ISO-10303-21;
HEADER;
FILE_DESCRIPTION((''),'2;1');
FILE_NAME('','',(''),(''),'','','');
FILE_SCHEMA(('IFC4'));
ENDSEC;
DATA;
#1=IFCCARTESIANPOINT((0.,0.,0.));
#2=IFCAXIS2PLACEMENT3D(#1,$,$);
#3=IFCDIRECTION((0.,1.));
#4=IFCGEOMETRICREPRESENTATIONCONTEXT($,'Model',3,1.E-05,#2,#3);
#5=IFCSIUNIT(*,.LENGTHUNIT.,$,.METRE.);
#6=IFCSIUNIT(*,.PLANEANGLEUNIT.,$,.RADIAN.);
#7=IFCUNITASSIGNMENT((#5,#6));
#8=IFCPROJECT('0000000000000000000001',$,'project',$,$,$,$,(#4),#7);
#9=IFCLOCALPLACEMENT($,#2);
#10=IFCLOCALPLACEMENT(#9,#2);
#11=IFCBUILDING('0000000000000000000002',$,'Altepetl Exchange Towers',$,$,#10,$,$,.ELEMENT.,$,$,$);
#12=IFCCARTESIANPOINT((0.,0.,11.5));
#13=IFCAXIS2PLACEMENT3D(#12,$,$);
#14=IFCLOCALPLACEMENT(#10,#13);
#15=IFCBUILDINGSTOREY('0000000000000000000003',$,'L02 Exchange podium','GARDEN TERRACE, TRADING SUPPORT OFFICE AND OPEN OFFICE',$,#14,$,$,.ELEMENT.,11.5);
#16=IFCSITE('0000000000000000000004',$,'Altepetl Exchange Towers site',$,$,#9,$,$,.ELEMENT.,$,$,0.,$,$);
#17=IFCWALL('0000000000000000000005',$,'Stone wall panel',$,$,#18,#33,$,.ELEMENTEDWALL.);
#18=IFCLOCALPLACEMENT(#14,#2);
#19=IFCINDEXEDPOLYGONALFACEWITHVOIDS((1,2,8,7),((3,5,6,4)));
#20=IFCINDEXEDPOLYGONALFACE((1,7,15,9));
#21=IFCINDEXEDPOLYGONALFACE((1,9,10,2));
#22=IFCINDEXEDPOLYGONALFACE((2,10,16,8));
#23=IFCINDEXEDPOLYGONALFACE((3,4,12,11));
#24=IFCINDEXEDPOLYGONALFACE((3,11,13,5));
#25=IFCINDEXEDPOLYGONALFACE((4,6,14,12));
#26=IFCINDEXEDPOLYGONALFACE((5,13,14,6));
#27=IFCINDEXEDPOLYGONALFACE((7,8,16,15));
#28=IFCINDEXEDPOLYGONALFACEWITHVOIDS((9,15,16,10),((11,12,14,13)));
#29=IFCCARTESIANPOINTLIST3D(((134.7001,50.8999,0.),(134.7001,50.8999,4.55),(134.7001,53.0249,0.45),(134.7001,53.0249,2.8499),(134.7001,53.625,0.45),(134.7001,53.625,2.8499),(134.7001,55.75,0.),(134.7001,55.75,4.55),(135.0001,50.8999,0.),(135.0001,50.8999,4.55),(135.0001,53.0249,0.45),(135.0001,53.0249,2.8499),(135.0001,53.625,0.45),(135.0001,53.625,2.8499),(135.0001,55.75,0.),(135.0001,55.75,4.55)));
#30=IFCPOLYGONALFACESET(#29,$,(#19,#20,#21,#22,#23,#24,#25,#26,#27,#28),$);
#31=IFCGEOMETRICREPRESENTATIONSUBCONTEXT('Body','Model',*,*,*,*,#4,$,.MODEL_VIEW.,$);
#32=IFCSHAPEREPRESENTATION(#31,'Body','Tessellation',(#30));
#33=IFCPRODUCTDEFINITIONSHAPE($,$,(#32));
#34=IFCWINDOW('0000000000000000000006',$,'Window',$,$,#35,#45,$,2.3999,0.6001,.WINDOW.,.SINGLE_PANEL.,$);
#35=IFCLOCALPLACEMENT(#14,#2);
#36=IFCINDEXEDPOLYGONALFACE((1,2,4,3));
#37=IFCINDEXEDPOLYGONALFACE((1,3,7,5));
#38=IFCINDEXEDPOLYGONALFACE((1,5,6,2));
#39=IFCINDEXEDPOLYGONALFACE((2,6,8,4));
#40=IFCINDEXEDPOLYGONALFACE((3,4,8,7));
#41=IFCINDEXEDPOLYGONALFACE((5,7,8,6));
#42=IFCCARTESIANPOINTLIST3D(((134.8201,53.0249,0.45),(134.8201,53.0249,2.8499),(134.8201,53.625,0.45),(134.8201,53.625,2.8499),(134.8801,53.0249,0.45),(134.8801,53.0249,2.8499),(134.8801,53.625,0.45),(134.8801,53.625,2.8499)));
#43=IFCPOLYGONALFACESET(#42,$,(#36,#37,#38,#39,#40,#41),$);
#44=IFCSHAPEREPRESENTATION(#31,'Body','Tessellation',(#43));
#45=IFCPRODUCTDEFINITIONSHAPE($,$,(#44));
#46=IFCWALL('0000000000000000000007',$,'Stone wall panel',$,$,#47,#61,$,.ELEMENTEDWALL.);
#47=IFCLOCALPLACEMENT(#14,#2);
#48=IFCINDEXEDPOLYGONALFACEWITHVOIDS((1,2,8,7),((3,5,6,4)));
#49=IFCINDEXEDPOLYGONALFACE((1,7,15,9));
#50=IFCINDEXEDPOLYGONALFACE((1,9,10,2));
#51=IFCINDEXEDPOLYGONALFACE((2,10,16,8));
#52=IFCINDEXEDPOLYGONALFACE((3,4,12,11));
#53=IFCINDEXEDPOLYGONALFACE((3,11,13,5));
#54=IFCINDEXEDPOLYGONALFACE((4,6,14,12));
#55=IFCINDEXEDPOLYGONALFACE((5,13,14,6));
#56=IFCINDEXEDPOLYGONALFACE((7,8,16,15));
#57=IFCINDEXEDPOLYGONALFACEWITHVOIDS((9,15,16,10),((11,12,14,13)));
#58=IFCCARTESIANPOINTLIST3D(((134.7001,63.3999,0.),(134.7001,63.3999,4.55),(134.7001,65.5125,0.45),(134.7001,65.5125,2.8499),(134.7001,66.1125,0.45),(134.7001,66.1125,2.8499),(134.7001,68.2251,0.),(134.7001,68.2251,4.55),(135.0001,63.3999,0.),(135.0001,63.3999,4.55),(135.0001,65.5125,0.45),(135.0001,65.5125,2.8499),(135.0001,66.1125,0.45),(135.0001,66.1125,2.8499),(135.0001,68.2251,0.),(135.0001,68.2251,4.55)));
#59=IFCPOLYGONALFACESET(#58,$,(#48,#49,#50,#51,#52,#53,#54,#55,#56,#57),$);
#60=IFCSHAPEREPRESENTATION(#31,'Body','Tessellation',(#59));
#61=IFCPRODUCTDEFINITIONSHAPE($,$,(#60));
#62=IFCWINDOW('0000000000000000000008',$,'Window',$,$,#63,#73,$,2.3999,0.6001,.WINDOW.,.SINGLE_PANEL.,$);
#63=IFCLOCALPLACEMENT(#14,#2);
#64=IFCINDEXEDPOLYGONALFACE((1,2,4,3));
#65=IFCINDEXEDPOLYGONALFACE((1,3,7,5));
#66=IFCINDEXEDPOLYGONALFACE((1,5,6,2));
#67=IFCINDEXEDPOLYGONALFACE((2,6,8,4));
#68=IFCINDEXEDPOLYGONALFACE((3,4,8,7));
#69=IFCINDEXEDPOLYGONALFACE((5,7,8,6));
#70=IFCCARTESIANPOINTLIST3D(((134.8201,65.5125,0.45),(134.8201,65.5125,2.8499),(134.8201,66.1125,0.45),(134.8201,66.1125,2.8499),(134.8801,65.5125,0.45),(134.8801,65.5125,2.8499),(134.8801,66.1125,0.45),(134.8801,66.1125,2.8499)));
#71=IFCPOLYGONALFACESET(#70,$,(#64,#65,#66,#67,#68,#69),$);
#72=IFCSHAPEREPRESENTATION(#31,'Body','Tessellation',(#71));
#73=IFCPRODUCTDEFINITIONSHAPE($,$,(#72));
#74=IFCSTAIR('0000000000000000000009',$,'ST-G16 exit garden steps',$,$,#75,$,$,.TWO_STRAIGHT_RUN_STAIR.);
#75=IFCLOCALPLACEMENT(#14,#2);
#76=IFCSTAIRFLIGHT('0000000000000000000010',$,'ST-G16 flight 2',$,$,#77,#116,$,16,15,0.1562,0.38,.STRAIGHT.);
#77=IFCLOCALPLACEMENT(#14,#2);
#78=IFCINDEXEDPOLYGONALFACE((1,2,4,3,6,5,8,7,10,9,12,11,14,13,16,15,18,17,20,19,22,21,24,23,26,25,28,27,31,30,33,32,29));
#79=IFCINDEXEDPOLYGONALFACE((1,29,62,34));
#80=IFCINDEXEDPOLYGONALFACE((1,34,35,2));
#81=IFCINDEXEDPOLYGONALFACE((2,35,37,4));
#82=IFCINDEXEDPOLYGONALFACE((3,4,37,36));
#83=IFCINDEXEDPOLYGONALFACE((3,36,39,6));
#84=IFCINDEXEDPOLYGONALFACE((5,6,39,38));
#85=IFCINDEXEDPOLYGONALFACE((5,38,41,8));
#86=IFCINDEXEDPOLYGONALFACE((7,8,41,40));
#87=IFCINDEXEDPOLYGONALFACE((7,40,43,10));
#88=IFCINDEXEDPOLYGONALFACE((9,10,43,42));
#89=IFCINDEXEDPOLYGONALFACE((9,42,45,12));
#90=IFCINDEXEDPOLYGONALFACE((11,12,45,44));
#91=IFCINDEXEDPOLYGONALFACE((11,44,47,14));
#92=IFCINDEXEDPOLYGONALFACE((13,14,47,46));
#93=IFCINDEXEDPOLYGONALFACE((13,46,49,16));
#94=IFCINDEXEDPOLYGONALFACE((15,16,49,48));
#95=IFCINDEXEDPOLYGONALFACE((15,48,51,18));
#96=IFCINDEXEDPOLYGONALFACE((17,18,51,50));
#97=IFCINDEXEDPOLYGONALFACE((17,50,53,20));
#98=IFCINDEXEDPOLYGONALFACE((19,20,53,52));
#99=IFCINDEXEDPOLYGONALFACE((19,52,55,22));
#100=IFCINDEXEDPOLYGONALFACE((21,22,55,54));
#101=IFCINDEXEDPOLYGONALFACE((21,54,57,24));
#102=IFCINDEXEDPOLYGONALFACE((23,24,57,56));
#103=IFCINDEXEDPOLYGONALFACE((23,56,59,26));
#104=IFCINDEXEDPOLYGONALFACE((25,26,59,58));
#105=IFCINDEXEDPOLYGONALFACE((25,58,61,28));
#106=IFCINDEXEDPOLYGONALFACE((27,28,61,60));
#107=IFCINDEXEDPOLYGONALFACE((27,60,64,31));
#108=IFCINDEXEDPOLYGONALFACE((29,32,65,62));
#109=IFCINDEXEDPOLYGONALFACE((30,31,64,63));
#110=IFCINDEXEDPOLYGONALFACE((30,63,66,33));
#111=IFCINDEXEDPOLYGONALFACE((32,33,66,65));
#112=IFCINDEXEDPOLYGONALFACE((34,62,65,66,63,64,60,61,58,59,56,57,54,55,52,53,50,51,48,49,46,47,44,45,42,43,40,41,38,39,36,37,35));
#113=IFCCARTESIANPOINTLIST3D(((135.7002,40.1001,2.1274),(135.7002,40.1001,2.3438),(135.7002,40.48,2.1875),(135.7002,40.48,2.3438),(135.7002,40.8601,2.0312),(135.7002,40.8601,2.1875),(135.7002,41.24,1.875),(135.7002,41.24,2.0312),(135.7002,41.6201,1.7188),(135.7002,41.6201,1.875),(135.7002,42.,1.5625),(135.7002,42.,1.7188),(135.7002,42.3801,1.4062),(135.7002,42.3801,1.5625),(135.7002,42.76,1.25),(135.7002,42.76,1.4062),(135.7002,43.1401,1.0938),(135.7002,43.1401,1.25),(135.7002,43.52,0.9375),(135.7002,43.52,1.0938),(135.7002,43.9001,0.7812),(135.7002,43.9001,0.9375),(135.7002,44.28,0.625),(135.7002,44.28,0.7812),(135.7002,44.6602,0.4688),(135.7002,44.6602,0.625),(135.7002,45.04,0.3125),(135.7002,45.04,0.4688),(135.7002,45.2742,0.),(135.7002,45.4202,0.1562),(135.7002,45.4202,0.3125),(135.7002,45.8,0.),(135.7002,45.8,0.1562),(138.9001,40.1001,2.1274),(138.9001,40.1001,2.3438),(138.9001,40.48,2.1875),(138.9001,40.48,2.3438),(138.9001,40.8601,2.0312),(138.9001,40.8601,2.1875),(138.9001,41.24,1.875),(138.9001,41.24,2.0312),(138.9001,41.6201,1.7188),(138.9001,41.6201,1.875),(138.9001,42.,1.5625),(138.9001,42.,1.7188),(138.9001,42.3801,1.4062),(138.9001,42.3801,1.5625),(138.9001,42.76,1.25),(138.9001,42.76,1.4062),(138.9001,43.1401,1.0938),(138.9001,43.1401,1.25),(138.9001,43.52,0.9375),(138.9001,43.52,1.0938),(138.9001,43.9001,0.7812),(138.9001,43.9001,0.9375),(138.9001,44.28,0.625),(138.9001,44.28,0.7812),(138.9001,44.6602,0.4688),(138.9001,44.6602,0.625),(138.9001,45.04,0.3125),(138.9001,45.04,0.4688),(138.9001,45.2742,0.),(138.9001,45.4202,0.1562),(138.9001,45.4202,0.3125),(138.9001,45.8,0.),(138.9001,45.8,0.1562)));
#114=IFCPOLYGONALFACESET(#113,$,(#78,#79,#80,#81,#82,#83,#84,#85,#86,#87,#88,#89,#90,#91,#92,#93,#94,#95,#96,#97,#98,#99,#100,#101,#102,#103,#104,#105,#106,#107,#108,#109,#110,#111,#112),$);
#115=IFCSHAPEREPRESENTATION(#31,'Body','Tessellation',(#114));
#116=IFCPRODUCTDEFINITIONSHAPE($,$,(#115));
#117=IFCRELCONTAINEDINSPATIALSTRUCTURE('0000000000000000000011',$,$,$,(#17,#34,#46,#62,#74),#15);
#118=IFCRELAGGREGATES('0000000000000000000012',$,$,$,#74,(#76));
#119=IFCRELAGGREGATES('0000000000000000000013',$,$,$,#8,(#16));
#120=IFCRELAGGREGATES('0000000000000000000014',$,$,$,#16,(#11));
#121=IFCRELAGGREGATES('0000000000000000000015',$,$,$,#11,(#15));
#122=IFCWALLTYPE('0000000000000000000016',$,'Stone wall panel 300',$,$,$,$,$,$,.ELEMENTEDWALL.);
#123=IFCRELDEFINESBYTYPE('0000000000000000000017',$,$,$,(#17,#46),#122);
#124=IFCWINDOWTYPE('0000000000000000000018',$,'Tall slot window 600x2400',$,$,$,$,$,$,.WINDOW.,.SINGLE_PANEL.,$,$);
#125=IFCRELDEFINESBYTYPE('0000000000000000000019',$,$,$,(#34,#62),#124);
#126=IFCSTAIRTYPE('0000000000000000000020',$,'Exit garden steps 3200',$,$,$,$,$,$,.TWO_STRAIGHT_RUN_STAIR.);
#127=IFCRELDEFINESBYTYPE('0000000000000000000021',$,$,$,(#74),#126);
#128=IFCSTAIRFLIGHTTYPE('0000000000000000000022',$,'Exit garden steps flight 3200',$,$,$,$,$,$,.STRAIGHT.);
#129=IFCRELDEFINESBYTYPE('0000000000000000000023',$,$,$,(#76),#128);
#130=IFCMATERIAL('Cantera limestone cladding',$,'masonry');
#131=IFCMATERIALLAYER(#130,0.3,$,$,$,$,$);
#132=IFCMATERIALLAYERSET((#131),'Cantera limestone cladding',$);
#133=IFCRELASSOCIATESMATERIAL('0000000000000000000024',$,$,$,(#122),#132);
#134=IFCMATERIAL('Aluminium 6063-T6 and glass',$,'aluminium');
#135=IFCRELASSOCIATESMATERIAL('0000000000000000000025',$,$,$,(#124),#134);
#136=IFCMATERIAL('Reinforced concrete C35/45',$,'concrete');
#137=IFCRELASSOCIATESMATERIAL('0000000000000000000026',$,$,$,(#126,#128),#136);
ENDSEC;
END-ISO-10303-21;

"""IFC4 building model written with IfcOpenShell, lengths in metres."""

from ifc_helpers import new_model, si_unit, direction, frame, frame_2d, origin, place, context, subcontext, project, spatial, polyline, rectangle, outline, extrude, material, layer, layer_set, type_object, element, fill, aggregate, save


model = new_model("IFC4")

# Units and contexts
model_context = context("Model", 3, precision=1e-05, world=origin(), true_north=direction((0.0, 1.0)))
body_context = subcontext(model_context, "Body", "Model", "MODEL_VIEW")
ifc_project = project(units=[si_unit("LENGTHUNIT", "METRE"), si_unit("PLANEANGLEUNIT", "RADIAN")], contexts=[model_context])

# Site, building, storey
site_placement = place(None, origin())
site = spatial("IfcSite", under=ifc_project, at=site_placement, Name="Altepetl Exchange Towers site", CompositionType="ELEMENT", RefElevation=0.0)
building_placement = place(site_placement, origin())
building = spatial("IfcBuilding", under=site, at=building_placement, Name="Altepetl Exchange Towers", CompositionType="ELEMENT")
storey_placement = place(building_placement, frame((0.0, 0.0, 11.5)))
storey = spatial("IfcBuildingStorey", under=building, at=storey_placement, Name="L02 Exchange podium", Description="GARDEN TERRACE, TRADING SUPPORT OFFICE AND OPEN OFFICE", CompositionType="ELEMENT", Elevation=11.5)

# Shared definitions
ifc_material_1 = material(Name="Aluminium 6063-T6 and glass", Category="aluminium")

# Shared definitions
ifc_material_2 = material(Name="Reinforced concrete C35/45", Category="concrete")

# Walls, openings, windows
ifc_material_3 = material(Name="Cantera limestone cladding", Category="masonry")
ifc_layer_1 = layer(ifc_material_3, 0.3)
ifc_layer_set_1 = layer_set([ifc_layer_1], Name="Cantera limestone cladding")
wall_type_1 = type_object("IfcWallType", Name="Stone wall panel 300", PredefinedType="ELEMENTEDWALL", material=ifc_layer_set_1)
wall_1_placement = place(storey_placement, frame((134.8501, 50.8999, 0.0), z_axis=(0.0, 0.0, 1.0), x_axis=(0.0, 1.0, 0.0)))
wall_1 = element("IfcWall", 1, at=wall_1_placement, inside=storey, type_object=wall_type_1, Name="Stone wall panel", PredefinedType="ELEMENTEDWALL", context=body_context, shape_type="SweptSolid", body=[
    extrude(rectangle(XDim=4.8501, YDim=0.3, at=frame_2d((2.425, 0.0))), origin(), (0.0, 0.0, 1.0), 4.55),
])
opening_1_placement = place(wall_1_placement, frame((2.125, 0.0, 0.45)))
opening_1 = element("IfcOpeningElement", 2, at=opening_1_placement, cuts=wall_1, PredefinedType="OPENING", context=body_context, shape_type="SweptSolid", body=[
    extrude(rectangle(XDim=0.6001, YDim=2.3999, at=frame_2d((0.3, 1.2))), frame((0.0, 0.1602, 0.0), z_axis=(0.0, -1.0, 0.0), x_axis=(1.0, 0.0, 0.0)), (0.0, 0.0, 1.0), 0.3201),
])
window_type = type_object("IfcWindowType", Name="Tall slot window 600x2400", PartitioningType="SINGLE_PANEL", PredefinedType="WINDOW", material=ifc_material_1)
window_1_placement = place(opening_1_placement, origin())
window_1 = element("IfcWindow", 3, at=window_1_placement, inside=storey, type_object=window_type, Name="Window", OverallHeight=2.3999, OverallWidth=0.6001, PartitioningType="SINGLE_PANEL", PredefinedType="WINDOW", context=body_context, shape_type="SweptSolid", body=[
    extrude(rectangle(XDim=0.6001, YDim=2.3999, at=frame_2d((0.3, 1.2))), frame((0.0, 0.03, 0.0), z_axis=(0.0, -1.0, 0.0), x_axis=(1.0, 0.0, 0.0)), (0.0, 0.0, 1.0), 0.0601),
])
fill(opening_1, window_1)
wall_2_placement = place(storey_placement, frame((134.8501, 63.3999, 0.0), z_axis=(0.0, 0.0, 1.0), x_axis=(0.0, 1.0, 0.0)))
wall_2 = element("IfcWall", 4, at=wall_2_placement, inside=storey, type_object=wall_type_1, Name="Stone wall panel", PredefinedType="ELEMENTEDWALL", context=body_context, shape_type="SweptSolid", body=[
    extrude(rectangle(XDim=4.8252, YDim=0.3, at=frame_2d((2.4126, 0.0))), origin(), (0.0, 0.0, 1.0), 4.55),
])
opening_2_placement = place(wall_2_placement, frame((2.1125, 0.0, 0.45)))
opening_2 = element("IfcOpeningElement", 5, at=opening_2_placement, cuts=wall_2, PredefinedType="OPENING", context=body_context, shape_type="SweptSolid", body=[
    extrude(rectangle(XDim=0.6001, YDim=2.3999, at=frame_2d((0.3, 1.2))), frame((0.0, 0.1602, 0.0), z_axis=(0.0, -1.0, 0.0), x_axis=(1.0, 0.0, 0.0)), (0.0, 0.0, 1.0), 0.3201),
])
window_2_placement = place(opening_2_placement, origin())
window_2 = element("IfcWindow", 6, at=window_2_placement, inside=storey, type_object=window_type, Name="Window", OverallHeight=2.3999, OverallWidth=0.6001, PartitioningType="SINGLE_PANEL", PredefinedType="WINDOW", context=body_context, shape_type="SweptSolid", body=[
    extrude(rectangle(XDim=0.6001, YDim=2.3999, at=frame_2d((0.3, 1.2))), frame((0.0, 0.03, 0.0), z_axis=(0.0, -1.0, 0.0), x_axis=(1.0, 0.0, 0.0)), (0.0, 0.0, 1.0), 0.0601),
])
fill(opening_2, window_2)

# Stair, stair flight
stair_type = type_object("IfcStairType", Name="Exit garden steps 3200", PredefinedType="TWO_STRAIGHT_RUN_STAIR", material=ifc_material_2)
stair_placement = place(storey_placement, origin())
stair = element("IfcStair", 7, at=stair_placement, inside=storey, type_object=stair_type, Name="ST-G16 exit garden steps", PredefinedType="TWO_STRAIGHT_RUN_STAIR")
stair_flight_type = type_object("IfcStairFlightType", Name="Exit garden steps flight 3200", PredefinedType="STRAIGHT", material=ifc_material_2)
stair_flight_placement = place(storey_placement, frame((137.3, 45.8, 0.0), z_axis=(0.0, 0.0, 1.0), x_axis=(0.0, -1.0, 0.0)))
stair_flight = element("IfcStairFlight", 8, at=stair_flight_placement, type_object=stair_flight_type, Name="ST-G16 flight 2", NumberOfRisers=16, NumberOfTreads=15, PredefinedType="STRAIGHT", RiserHeight=0.1562, TreadLength=0.38, context=body_context, shape_type="SweptSolid", body=[
    extrude(outline(polyline([(0.0, 0.0), (0.0, 0.1562), (0.3799, 0.1562), (0.3799, 0.3125), (0.76, 0.3125), (0.76, 0.4688), (1.1399, 0.4688), (1.1399, 0.625), (1.52, 0.625), (1.52, 0.7812), (1.8999, 0.7812), (1.8999, 0.9375), (2.28, 0.9375), (2.28, 1.0938), (2.6599, 1.0938), (2.6599, 1.25), (3.04, 1.25), (3.04, 1.4062), (3.4199, 1.4062), (3.4199, 1.5625), (3.8, 1.5625), (3.8, 1.7188), (4.1799, 1.7188), (4.1799, 1.875), (4.5601, 1.875), (4.5601, 2.0312), (4.9399, 2.0312), (4.9399, 2.1875), (5.3201, 2.1875), (5.3201, 2.3438), (5.7, 2.3438), (5.7, 2.5), (5.7, 2.1274), (0.5259, 0.0), (0.0, 0.0)])), frame((0.0, 1.6001, 0.0), z_axis=(0.0, -1.0, 0.0), x_axis=(1.0, 0.0, 0.0)), (0.0, 0.0, 1.0), 3.2),
])
aggregate(stair, [stair_flight])

save(model, "model.ifc")
